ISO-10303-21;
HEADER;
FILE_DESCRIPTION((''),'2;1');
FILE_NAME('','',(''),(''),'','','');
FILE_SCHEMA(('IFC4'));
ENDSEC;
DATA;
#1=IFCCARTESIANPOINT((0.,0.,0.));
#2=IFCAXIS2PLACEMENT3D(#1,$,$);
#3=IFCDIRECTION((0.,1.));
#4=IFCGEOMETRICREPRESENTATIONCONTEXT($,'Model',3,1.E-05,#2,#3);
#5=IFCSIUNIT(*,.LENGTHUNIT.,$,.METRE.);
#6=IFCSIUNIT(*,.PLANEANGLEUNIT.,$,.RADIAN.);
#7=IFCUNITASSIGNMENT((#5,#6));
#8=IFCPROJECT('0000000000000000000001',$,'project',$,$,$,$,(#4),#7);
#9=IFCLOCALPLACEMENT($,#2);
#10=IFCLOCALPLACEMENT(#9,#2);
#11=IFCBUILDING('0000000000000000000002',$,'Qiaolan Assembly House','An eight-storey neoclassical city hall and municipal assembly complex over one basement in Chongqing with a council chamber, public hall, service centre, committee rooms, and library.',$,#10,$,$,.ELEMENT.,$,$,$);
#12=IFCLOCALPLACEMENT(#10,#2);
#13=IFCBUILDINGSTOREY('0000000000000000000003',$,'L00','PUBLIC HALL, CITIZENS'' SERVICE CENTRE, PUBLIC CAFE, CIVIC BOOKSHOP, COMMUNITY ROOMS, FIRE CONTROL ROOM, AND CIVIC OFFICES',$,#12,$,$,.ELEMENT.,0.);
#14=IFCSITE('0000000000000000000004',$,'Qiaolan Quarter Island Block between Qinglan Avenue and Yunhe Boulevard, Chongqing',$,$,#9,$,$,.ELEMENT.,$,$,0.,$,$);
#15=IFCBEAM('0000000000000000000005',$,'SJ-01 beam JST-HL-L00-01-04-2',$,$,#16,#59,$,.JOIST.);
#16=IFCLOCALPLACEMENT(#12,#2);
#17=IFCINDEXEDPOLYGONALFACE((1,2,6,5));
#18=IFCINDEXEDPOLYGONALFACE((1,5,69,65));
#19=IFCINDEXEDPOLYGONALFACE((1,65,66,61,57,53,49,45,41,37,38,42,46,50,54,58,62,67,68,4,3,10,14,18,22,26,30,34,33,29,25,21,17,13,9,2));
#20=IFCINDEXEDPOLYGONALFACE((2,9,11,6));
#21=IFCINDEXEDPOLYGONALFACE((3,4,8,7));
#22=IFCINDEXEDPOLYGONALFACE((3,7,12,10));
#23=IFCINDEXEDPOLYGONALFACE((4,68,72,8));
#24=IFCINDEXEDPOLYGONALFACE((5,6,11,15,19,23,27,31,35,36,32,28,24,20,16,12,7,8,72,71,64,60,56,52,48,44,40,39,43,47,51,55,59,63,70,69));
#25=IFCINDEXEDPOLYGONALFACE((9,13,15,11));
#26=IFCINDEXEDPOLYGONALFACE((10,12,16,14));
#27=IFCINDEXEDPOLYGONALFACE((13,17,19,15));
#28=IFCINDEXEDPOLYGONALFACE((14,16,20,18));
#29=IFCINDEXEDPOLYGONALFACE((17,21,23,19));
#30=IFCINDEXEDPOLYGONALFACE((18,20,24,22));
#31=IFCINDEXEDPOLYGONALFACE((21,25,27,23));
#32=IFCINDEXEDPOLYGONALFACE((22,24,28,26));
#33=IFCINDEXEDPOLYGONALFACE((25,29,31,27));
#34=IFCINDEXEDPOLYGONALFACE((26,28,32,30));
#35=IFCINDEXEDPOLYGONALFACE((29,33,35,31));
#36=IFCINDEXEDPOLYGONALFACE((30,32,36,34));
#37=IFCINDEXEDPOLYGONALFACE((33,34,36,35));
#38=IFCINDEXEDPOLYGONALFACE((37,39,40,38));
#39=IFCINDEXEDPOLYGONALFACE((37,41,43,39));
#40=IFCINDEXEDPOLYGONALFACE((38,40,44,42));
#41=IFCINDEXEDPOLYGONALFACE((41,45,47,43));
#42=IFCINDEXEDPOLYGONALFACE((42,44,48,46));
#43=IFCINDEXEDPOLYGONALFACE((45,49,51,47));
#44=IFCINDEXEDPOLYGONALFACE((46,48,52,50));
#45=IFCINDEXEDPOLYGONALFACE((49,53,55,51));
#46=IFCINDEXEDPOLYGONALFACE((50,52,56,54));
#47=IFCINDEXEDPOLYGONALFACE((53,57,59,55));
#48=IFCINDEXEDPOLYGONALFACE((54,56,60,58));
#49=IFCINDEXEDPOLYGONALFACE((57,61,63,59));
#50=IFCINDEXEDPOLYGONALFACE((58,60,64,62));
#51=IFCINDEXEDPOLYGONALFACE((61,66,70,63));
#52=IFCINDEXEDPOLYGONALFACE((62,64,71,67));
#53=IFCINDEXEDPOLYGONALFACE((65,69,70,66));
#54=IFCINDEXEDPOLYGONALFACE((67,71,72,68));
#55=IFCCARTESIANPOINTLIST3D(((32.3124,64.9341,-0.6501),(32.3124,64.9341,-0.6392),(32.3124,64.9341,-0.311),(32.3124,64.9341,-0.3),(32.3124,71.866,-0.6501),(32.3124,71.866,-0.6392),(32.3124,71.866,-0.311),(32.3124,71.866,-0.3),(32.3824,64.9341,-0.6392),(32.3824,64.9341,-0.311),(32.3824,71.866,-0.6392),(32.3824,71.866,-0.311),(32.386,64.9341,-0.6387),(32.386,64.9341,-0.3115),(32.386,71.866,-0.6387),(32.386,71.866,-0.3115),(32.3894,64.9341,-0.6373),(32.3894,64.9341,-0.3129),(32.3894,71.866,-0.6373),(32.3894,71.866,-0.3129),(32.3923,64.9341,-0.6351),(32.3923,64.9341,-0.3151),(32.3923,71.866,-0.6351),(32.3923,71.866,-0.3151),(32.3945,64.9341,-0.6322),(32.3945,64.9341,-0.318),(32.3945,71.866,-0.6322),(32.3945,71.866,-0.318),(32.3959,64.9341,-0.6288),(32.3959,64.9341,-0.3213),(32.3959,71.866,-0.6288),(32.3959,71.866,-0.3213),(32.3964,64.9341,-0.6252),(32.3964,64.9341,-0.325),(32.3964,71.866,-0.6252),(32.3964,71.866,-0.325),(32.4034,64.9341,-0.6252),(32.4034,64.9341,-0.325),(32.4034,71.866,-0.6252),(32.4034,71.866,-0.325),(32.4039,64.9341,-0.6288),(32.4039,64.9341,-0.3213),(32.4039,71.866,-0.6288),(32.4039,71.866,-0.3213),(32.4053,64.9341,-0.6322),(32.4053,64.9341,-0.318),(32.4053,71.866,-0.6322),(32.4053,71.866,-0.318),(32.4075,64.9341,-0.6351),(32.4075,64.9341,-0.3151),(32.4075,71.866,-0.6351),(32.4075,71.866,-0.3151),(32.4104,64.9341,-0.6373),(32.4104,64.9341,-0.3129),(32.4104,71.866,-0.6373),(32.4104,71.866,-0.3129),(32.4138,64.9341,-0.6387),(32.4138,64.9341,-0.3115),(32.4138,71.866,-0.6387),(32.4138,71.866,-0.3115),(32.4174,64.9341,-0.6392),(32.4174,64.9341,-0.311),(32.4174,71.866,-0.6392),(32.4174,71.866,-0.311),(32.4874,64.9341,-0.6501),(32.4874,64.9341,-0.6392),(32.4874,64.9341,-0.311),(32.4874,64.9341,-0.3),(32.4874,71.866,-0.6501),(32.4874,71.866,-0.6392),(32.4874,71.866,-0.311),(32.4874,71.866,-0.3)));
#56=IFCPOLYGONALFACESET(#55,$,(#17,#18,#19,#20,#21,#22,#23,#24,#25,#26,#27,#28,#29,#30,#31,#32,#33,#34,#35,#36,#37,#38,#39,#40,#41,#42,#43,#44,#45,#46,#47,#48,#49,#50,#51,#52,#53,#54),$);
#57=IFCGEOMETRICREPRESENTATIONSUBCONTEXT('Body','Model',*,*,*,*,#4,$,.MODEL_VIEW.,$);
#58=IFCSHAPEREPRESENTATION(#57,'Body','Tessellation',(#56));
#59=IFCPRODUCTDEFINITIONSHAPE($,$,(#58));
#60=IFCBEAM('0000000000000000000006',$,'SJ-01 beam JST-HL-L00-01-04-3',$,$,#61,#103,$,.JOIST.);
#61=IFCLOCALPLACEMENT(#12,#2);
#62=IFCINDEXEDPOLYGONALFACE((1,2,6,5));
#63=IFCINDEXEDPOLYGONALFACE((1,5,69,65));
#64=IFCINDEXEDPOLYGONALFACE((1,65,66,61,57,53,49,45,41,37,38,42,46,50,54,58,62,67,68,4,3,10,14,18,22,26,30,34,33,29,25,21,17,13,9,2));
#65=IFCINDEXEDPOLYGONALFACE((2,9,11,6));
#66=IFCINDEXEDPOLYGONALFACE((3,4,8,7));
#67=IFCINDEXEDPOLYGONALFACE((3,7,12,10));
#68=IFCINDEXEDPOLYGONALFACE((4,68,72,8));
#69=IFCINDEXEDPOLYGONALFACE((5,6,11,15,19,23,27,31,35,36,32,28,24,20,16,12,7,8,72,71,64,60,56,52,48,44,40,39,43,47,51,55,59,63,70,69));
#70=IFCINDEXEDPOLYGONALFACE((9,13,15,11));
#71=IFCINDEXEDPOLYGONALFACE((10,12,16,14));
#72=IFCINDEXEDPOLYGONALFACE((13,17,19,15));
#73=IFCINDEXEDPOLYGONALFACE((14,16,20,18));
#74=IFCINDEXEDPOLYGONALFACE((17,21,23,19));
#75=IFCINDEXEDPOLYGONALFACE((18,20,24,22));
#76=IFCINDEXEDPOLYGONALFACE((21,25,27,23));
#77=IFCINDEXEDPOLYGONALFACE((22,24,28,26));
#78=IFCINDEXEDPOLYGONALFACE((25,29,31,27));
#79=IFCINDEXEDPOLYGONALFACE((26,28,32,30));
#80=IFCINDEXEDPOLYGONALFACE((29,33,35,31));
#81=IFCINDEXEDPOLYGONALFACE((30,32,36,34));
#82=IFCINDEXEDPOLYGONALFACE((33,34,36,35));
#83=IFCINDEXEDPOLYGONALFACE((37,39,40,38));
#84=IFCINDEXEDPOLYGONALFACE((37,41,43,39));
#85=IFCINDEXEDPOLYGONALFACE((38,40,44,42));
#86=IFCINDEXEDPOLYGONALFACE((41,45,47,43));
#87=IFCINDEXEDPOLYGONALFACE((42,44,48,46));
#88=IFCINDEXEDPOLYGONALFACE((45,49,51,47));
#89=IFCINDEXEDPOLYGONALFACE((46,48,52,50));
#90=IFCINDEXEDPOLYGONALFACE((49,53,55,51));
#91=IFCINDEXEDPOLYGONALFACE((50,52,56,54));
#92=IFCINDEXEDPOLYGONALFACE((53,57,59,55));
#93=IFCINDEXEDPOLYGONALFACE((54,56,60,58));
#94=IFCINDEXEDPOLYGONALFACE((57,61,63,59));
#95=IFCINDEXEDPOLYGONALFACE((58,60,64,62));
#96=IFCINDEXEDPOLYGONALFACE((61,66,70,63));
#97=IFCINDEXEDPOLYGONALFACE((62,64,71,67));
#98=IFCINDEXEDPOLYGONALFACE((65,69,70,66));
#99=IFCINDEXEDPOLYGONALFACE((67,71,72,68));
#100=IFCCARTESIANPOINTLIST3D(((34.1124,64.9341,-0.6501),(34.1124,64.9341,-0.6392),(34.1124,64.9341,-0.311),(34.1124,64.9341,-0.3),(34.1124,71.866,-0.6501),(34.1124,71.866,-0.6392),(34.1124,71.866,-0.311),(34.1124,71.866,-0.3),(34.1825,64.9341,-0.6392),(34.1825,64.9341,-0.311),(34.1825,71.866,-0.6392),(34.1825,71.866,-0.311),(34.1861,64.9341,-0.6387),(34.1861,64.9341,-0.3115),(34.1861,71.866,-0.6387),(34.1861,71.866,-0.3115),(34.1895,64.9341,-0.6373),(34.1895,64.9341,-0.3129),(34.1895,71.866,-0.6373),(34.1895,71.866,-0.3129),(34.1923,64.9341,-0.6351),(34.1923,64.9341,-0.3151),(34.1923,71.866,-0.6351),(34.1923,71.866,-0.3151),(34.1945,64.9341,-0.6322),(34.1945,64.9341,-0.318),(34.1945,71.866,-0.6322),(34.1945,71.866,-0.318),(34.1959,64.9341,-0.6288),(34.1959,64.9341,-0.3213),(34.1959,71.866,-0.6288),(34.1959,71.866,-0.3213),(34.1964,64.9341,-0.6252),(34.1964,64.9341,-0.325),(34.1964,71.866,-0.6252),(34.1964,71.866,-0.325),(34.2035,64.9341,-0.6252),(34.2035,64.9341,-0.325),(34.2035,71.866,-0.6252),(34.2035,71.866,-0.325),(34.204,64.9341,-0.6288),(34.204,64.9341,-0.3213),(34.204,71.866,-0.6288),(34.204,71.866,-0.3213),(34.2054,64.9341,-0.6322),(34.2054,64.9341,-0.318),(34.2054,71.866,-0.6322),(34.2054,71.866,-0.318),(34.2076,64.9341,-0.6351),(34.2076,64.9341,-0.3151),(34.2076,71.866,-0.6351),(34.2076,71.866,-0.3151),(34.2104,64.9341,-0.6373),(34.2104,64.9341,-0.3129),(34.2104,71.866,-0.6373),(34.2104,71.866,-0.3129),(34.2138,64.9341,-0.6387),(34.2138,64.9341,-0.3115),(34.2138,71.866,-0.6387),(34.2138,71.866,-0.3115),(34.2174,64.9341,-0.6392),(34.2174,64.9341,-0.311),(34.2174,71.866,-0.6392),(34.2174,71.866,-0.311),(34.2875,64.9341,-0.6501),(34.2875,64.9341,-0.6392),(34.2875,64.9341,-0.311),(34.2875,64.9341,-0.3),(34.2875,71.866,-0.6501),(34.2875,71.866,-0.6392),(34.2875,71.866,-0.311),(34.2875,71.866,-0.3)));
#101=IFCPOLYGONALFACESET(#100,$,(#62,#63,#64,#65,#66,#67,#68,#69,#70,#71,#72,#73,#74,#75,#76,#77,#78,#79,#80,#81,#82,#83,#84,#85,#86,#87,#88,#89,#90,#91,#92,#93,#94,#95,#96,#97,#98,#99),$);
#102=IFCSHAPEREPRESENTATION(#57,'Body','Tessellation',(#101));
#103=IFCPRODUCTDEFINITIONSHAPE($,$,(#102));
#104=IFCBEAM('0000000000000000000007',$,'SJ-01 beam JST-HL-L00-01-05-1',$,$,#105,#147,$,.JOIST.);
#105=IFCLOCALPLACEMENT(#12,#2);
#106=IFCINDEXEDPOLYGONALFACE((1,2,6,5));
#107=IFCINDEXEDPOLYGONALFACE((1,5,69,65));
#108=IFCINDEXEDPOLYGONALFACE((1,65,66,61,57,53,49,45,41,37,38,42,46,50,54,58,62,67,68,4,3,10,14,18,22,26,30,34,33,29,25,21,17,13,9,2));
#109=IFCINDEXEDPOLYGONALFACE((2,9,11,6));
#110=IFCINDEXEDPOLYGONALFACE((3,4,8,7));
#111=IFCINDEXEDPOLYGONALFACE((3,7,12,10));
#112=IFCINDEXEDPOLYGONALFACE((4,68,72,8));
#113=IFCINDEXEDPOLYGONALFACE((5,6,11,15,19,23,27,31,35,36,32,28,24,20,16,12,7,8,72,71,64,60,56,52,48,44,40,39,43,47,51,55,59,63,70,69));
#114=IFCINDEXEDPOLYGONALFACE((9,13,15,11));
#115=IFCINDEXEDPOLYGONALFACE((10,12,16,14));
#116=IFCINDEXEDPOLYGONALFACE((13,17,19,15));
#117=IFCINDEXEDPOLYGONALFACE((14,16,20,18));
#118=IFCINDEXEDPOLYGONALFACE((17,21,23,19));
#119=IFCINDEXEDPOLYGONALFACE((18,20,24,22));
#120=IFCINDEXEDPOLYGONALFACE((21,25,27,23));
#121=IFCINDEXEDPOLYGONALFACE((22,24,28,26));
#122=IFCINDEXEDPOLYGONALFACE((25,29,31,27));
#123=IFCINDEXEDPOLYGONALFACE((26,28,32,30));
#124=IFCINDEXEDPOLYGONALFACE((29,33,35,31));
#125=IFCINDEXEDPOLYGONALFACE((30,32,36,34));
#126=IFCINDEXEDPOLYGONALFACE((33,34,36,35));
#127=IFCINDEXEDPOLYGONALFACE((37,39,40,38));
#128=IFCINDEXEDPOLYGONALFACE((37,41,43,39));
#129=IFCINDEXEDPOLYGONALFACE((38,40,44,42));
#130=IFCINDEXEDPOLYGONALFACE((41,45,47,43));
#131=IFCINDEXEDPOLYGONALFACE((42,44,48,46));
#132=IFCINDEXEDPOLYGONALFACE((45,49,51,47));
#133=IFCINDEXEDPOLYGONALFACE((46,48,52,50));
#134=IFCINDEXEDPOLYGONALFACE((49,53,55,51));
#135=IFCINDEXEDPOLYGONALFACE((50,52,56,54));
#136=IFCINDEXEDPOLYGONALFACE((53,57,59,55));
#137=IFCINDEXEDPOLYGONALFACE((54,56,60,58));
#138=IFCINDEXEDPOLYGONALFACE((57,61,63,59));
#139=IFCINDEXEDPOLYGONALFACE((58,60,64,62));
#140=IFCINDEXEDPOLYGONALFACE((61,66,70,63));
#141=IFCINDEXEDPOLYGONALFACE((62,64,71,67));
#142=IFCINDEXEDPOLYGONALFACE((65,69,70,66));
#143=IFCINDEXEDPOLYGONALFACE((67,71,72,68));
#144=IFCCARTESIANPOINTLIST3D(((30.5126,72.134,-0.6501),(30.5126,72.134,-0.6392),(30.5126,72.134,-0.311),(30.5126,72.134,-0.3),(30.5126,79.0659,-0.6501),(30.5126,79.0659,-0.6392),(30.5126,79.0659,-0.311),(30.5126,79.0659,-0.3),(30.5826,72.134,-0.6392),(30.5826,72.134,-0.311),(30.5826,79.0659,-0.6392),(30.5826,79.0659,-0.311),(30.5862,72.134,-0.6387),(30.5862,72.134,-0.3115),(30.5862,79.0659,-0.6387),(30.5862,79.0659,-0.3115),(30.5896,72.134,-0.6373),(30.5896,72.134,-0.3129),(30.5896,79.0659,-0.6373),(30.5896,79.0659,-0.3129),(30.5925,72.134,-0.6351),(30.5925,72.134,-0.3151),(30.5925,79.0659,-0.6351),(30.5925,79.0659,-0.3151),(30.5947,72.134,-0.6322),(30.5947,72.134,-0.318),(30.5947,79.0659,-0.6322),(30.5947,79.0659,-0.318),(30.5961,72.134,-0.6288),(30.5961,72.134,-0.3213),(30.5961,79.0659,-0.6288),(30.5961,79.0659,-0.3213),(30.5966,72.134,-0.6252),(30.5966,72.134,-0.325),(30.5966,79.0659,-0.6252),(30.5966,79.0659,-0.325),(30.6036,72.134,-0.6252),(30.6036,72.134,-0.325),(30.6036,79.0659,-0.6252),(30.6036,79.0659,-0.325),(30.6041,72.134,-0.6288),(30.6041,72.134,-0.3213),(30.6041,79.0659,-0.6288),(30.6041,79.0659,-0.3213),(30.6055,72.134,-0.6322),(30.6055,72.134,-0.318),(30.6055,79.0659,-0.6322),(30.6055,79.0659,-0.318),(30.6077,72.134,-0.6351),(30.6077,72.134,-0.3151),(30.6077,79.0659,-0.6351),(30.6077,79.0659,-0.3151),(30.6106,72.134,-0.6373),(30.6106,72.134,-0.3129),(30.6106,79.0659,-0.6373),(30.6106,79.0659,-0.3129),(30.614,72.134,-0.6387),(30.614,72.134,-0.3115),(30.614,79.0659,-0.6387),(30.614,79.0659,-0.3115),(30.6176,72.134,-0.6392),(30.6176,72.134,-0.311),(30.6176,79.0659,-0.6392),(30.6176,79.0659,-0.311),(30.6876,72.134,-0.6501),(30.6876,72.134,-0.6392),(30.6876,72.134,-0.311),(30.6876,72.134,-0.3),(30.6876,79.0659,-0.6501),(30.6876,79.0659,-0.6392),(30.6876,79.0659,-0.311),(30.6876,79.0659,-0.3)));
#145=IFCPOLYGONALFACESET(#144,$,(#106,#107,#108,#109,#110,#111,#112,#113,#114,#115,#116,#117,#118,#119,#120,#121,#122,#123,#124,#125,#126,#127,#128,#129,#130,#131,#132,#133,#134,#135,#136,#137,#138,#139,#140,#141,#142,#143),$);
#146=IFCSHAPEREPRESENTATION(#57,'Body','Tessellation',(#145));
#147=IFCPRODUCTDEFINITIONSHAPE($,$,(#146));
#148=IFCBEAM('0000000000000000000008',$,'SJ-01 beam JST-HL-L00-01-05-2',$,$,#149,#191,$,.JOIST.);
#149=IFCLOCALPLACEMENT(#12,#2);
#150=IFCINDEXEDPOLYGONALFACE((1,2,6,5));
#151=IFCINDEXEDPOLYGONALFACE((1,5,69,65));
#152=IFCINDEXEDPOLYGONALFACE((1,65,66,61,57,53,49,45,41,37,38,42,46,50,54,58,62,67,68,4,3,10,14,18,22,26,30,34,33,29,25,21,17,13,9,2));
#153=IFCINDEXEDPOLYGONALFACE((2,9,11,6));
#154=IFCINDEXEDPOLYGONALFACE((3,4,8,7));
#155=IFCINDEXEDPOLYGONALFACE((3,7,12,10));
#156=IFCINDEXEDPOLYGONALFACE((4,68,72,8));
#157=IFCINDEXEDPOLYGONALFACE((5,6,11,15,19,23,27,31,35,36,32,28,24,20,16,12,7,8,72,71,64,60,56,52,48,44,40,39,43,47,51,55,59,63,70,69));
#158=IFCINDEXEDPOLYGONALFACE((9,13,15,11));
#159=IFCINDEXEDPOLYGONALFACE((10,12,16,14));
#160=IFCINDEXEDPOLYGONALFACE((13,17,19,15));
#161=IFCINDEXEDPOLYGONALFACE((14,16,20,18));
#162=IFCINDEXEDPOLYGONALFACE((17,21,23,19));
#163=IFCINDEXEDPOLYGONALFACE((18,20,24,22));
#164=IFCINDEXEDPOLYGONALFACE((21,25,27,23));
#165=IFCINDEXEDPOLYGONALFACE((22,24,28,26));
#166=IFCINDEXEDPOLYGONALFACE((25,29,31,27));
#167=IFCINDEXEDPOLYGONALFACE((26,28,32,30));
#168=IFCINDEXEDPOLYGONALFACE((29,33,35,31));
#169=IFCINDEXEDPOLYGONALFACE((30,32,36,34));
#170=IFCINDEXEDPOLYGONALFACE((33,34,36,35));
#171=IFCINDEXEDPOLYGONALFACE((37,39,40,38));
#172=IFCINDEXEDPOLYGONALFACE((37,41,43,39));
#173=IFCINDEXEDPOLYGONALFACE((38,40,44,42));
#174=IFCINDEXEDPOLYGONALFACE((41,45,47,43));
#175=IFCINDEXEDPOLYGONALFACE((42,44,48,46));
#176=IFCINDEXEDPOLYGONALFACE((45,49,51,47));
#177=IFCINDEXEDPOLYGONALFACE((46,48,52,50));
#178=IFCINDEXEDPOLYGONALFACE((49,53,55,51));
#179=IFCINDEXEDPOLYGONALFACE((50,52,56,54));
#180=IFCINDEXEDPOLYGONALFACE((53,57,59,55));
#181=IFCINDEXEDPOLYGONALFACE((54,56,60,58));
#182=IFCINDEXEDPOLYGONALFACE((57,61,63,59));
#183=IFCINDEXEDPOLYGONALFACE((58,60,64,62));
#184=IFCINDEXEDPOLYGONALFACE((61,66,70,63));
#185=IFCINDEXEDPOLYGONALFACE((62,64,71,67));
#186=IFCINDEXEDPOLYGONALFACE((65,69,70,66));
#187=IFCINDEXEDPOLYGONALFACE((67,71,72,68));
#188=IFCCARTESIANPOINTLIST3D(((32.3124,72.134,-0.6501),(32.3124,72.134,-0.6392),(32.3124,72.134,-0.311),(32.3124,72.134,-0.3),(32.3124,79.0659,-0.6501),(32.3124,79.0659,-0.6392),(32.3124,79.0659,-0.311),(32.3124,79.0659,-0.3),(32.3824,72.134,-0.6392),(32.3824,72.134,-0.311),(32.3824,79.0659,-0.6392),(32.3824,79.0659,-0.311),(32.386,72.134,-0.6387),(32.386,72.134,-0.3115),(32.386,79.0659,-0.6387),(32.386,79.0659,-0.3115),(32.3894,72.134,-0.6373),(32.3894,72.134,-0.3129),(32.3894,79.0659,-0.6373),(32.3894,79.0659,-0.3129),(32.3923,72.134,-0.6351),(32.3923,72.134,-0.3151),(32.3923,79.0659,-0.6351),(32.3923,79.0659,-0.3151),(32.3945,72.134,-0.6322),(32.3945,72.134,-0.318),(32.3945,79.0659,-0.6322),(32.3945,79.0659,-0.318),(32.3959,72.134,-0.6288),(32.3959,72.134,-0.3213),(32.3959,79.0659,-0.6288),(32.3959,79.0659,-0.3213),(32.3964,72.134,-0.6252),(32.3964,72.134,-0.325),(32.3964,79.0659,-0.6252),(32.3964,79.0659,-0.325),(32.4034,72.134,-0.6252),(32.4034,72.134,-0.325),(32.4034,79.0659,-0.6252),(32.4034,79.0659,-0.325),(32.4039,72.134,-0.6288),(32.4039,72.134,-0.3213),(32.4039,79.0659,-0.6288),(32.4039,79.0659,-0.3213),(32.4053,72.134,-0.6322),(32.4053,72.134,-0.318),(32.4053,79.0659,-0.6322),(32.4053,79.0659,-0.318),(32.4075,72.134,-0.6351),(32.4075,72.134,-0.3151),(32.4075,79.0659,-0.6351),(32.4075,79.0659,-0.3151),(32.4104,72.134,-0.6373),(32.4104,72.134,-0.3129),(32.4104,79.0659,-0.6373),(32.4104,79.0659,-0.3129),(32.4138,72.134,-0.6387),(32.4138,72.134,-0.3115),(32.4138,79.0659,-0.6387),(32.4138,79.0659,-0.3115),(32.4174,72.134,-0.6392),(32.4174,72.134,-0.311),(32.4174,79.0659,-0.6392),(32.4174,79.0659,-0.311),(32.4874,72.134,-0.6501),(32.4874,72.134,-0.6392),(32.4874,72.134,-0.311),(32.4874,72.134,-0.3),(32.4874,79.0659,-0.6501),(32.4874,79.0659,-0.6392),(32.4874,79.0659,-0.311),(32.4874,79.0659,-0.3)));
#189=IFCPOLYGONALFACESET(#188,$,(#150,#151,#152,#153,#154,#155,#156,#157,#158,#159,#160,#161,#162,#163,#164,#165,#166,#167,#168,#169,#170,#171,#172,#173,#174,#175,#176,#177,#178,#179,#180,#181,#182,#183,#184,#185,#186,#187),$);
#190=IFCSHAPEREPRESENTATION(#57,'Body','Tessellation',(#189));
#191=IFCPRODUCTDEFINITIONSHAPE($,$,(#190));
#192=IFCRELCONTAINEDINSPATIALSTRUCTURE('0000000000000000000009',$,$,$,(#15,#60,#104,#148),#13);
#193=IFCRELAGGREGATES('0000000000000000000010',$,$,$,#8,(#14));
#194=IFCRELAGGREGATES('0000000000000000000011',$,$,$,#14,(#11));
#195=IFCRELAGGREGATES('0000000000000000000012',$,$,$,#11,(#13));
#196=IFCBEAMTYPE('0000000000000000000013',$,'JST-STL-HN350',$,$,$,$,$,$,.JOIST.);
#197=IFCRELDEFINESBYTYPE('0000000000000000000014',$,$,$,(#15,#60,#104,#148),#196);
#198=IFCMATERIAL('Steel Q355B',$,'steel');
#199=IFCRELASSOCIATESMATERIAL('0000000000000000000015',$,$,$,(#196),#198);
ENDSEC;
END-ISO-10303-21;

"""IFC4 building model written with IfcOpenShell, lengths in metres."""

from ifc_helpers import new_model, si_unit, direction, frame, origin, origin_2d, place, context, subcontext, project, spatial, i_section, extrude, material, material_profile, profile_set, type_object, element, save


model = new_model("IFC4")

# Units and contexts
model_context = context("Model", 3, precision=1e-05, world=origin(), true_north=direction((0.0, 1.0)))
body_context = subcontext(model_context, "Body", "Model", "MODEL_VIEW")
ifc_project = project(units=[si_unit("LENGTHUNIT", "METRE"), si_unit("PLANEANGLEUNIT", "RADIAN")], contexts=[model_context])

# Site, building, storey
site_placement = place(None, origin())
site = spatial("IfcSite", under=ifc_project, at=site_placement, Name="Qiaolan Quarter Island Block between Qinglan Avenue and Yunhe Boulevard, Chongqing", CompositionType="ELEMENT", RefElevation=0.0)
building_placement = place(site_placement, origin())
building = spatial("IfcBuilding", under=site, at=building_placement, Name="Qiaolan Assembly House", Description="An eight-storey neoclassical city hall and municipal assembly complex over one basement in Chongqing with a council chamber, public hall, service centre, committee rooms, and library.", CompositionType="ELEMENT")
storey_placement = place(building_placement, origin())
storey = spatial("IfcBuildingStorey", under=building, at=storey_placement, Name="L00", Description="PUBLIC HALL, CITIZENS' SERVICE CENTRE, PUBLIC CAFE, CIVIC BOOKSHOP, COMMUNITY ROOMS, FIRE CONTROL ROOM, AND CIVIC OFFICES", CompositionType="ELEMENT", Elevation=0.0)

# Shared definitions
ifc_material_1 = material(Name="Steel Q355B", Category="steel")

# Beams
ifc_material_profile_1 = material_profile(ifc_material_1, i_section(OverallWidth=0.175, OverallDepth=0.3501, WebThickness=0.0071, FlangeThickness=0.011, FilletRadius=0.0139, at=origin_2d()), Name="HN 350x175x7x11")
ifc_profile_set_1 = profile_set([ifc_material_profile_1], Name="Steel Q355B")
beam_type_1 = type_object("IfcBeamType", Name="JST-STL-HN350", PredefinedType="JOIST", material=ifc_profile_set_1)
for number, where, z_axis, x_axis, name in (
    (1, (32.3999, 64.9341, -0.4751), (0.0, 1.0, 0.0), (-1.0, 0.0, 0.0), "SJ-01 beam JST-HL-L00-01-04-2"),
    (2, (34.2, 64.9341, -0.4751), (0.0, 1.0, 0.0), (-1.0, 0.0, 0.0), "SJ-01 beam JST-HL-L00-01-04-3"),
    (3, (30.6001, 72.134, -0.4751), (0.0, 1.0, 0.0), (-1.0, 0.0, 0.0), "SJ-01 beam JST-HL-L00-01-05-1"),
    (4, (32.3999, 72.134, -0.4751), (0.0, 1.0, 0.0), (-1.0, 0.0, 0.0), "SJ-01 beam JST-HL-L00-01-05-2"),
):
    element("IfcBeam", number, at=place(storey_placement, frame(where, z_axis=z_axis, x_axis=x_axis)), inside=storey, type_object=beam_type_1, Name=name, PredefinedType="JOIST", context=body_context, shape_type="SweptSolid", body=[
        extrude(i_section(OverallWidth=0.175, OverallDepth=0.3501, WebThickness=0.0071, FlangeThickness=0.011, FilletRadius=0.0139, at=origin_2d()), origin(), (0.0, 0.0, 1.0), 6.9319),
    ])

save(model, "model.ifc")
